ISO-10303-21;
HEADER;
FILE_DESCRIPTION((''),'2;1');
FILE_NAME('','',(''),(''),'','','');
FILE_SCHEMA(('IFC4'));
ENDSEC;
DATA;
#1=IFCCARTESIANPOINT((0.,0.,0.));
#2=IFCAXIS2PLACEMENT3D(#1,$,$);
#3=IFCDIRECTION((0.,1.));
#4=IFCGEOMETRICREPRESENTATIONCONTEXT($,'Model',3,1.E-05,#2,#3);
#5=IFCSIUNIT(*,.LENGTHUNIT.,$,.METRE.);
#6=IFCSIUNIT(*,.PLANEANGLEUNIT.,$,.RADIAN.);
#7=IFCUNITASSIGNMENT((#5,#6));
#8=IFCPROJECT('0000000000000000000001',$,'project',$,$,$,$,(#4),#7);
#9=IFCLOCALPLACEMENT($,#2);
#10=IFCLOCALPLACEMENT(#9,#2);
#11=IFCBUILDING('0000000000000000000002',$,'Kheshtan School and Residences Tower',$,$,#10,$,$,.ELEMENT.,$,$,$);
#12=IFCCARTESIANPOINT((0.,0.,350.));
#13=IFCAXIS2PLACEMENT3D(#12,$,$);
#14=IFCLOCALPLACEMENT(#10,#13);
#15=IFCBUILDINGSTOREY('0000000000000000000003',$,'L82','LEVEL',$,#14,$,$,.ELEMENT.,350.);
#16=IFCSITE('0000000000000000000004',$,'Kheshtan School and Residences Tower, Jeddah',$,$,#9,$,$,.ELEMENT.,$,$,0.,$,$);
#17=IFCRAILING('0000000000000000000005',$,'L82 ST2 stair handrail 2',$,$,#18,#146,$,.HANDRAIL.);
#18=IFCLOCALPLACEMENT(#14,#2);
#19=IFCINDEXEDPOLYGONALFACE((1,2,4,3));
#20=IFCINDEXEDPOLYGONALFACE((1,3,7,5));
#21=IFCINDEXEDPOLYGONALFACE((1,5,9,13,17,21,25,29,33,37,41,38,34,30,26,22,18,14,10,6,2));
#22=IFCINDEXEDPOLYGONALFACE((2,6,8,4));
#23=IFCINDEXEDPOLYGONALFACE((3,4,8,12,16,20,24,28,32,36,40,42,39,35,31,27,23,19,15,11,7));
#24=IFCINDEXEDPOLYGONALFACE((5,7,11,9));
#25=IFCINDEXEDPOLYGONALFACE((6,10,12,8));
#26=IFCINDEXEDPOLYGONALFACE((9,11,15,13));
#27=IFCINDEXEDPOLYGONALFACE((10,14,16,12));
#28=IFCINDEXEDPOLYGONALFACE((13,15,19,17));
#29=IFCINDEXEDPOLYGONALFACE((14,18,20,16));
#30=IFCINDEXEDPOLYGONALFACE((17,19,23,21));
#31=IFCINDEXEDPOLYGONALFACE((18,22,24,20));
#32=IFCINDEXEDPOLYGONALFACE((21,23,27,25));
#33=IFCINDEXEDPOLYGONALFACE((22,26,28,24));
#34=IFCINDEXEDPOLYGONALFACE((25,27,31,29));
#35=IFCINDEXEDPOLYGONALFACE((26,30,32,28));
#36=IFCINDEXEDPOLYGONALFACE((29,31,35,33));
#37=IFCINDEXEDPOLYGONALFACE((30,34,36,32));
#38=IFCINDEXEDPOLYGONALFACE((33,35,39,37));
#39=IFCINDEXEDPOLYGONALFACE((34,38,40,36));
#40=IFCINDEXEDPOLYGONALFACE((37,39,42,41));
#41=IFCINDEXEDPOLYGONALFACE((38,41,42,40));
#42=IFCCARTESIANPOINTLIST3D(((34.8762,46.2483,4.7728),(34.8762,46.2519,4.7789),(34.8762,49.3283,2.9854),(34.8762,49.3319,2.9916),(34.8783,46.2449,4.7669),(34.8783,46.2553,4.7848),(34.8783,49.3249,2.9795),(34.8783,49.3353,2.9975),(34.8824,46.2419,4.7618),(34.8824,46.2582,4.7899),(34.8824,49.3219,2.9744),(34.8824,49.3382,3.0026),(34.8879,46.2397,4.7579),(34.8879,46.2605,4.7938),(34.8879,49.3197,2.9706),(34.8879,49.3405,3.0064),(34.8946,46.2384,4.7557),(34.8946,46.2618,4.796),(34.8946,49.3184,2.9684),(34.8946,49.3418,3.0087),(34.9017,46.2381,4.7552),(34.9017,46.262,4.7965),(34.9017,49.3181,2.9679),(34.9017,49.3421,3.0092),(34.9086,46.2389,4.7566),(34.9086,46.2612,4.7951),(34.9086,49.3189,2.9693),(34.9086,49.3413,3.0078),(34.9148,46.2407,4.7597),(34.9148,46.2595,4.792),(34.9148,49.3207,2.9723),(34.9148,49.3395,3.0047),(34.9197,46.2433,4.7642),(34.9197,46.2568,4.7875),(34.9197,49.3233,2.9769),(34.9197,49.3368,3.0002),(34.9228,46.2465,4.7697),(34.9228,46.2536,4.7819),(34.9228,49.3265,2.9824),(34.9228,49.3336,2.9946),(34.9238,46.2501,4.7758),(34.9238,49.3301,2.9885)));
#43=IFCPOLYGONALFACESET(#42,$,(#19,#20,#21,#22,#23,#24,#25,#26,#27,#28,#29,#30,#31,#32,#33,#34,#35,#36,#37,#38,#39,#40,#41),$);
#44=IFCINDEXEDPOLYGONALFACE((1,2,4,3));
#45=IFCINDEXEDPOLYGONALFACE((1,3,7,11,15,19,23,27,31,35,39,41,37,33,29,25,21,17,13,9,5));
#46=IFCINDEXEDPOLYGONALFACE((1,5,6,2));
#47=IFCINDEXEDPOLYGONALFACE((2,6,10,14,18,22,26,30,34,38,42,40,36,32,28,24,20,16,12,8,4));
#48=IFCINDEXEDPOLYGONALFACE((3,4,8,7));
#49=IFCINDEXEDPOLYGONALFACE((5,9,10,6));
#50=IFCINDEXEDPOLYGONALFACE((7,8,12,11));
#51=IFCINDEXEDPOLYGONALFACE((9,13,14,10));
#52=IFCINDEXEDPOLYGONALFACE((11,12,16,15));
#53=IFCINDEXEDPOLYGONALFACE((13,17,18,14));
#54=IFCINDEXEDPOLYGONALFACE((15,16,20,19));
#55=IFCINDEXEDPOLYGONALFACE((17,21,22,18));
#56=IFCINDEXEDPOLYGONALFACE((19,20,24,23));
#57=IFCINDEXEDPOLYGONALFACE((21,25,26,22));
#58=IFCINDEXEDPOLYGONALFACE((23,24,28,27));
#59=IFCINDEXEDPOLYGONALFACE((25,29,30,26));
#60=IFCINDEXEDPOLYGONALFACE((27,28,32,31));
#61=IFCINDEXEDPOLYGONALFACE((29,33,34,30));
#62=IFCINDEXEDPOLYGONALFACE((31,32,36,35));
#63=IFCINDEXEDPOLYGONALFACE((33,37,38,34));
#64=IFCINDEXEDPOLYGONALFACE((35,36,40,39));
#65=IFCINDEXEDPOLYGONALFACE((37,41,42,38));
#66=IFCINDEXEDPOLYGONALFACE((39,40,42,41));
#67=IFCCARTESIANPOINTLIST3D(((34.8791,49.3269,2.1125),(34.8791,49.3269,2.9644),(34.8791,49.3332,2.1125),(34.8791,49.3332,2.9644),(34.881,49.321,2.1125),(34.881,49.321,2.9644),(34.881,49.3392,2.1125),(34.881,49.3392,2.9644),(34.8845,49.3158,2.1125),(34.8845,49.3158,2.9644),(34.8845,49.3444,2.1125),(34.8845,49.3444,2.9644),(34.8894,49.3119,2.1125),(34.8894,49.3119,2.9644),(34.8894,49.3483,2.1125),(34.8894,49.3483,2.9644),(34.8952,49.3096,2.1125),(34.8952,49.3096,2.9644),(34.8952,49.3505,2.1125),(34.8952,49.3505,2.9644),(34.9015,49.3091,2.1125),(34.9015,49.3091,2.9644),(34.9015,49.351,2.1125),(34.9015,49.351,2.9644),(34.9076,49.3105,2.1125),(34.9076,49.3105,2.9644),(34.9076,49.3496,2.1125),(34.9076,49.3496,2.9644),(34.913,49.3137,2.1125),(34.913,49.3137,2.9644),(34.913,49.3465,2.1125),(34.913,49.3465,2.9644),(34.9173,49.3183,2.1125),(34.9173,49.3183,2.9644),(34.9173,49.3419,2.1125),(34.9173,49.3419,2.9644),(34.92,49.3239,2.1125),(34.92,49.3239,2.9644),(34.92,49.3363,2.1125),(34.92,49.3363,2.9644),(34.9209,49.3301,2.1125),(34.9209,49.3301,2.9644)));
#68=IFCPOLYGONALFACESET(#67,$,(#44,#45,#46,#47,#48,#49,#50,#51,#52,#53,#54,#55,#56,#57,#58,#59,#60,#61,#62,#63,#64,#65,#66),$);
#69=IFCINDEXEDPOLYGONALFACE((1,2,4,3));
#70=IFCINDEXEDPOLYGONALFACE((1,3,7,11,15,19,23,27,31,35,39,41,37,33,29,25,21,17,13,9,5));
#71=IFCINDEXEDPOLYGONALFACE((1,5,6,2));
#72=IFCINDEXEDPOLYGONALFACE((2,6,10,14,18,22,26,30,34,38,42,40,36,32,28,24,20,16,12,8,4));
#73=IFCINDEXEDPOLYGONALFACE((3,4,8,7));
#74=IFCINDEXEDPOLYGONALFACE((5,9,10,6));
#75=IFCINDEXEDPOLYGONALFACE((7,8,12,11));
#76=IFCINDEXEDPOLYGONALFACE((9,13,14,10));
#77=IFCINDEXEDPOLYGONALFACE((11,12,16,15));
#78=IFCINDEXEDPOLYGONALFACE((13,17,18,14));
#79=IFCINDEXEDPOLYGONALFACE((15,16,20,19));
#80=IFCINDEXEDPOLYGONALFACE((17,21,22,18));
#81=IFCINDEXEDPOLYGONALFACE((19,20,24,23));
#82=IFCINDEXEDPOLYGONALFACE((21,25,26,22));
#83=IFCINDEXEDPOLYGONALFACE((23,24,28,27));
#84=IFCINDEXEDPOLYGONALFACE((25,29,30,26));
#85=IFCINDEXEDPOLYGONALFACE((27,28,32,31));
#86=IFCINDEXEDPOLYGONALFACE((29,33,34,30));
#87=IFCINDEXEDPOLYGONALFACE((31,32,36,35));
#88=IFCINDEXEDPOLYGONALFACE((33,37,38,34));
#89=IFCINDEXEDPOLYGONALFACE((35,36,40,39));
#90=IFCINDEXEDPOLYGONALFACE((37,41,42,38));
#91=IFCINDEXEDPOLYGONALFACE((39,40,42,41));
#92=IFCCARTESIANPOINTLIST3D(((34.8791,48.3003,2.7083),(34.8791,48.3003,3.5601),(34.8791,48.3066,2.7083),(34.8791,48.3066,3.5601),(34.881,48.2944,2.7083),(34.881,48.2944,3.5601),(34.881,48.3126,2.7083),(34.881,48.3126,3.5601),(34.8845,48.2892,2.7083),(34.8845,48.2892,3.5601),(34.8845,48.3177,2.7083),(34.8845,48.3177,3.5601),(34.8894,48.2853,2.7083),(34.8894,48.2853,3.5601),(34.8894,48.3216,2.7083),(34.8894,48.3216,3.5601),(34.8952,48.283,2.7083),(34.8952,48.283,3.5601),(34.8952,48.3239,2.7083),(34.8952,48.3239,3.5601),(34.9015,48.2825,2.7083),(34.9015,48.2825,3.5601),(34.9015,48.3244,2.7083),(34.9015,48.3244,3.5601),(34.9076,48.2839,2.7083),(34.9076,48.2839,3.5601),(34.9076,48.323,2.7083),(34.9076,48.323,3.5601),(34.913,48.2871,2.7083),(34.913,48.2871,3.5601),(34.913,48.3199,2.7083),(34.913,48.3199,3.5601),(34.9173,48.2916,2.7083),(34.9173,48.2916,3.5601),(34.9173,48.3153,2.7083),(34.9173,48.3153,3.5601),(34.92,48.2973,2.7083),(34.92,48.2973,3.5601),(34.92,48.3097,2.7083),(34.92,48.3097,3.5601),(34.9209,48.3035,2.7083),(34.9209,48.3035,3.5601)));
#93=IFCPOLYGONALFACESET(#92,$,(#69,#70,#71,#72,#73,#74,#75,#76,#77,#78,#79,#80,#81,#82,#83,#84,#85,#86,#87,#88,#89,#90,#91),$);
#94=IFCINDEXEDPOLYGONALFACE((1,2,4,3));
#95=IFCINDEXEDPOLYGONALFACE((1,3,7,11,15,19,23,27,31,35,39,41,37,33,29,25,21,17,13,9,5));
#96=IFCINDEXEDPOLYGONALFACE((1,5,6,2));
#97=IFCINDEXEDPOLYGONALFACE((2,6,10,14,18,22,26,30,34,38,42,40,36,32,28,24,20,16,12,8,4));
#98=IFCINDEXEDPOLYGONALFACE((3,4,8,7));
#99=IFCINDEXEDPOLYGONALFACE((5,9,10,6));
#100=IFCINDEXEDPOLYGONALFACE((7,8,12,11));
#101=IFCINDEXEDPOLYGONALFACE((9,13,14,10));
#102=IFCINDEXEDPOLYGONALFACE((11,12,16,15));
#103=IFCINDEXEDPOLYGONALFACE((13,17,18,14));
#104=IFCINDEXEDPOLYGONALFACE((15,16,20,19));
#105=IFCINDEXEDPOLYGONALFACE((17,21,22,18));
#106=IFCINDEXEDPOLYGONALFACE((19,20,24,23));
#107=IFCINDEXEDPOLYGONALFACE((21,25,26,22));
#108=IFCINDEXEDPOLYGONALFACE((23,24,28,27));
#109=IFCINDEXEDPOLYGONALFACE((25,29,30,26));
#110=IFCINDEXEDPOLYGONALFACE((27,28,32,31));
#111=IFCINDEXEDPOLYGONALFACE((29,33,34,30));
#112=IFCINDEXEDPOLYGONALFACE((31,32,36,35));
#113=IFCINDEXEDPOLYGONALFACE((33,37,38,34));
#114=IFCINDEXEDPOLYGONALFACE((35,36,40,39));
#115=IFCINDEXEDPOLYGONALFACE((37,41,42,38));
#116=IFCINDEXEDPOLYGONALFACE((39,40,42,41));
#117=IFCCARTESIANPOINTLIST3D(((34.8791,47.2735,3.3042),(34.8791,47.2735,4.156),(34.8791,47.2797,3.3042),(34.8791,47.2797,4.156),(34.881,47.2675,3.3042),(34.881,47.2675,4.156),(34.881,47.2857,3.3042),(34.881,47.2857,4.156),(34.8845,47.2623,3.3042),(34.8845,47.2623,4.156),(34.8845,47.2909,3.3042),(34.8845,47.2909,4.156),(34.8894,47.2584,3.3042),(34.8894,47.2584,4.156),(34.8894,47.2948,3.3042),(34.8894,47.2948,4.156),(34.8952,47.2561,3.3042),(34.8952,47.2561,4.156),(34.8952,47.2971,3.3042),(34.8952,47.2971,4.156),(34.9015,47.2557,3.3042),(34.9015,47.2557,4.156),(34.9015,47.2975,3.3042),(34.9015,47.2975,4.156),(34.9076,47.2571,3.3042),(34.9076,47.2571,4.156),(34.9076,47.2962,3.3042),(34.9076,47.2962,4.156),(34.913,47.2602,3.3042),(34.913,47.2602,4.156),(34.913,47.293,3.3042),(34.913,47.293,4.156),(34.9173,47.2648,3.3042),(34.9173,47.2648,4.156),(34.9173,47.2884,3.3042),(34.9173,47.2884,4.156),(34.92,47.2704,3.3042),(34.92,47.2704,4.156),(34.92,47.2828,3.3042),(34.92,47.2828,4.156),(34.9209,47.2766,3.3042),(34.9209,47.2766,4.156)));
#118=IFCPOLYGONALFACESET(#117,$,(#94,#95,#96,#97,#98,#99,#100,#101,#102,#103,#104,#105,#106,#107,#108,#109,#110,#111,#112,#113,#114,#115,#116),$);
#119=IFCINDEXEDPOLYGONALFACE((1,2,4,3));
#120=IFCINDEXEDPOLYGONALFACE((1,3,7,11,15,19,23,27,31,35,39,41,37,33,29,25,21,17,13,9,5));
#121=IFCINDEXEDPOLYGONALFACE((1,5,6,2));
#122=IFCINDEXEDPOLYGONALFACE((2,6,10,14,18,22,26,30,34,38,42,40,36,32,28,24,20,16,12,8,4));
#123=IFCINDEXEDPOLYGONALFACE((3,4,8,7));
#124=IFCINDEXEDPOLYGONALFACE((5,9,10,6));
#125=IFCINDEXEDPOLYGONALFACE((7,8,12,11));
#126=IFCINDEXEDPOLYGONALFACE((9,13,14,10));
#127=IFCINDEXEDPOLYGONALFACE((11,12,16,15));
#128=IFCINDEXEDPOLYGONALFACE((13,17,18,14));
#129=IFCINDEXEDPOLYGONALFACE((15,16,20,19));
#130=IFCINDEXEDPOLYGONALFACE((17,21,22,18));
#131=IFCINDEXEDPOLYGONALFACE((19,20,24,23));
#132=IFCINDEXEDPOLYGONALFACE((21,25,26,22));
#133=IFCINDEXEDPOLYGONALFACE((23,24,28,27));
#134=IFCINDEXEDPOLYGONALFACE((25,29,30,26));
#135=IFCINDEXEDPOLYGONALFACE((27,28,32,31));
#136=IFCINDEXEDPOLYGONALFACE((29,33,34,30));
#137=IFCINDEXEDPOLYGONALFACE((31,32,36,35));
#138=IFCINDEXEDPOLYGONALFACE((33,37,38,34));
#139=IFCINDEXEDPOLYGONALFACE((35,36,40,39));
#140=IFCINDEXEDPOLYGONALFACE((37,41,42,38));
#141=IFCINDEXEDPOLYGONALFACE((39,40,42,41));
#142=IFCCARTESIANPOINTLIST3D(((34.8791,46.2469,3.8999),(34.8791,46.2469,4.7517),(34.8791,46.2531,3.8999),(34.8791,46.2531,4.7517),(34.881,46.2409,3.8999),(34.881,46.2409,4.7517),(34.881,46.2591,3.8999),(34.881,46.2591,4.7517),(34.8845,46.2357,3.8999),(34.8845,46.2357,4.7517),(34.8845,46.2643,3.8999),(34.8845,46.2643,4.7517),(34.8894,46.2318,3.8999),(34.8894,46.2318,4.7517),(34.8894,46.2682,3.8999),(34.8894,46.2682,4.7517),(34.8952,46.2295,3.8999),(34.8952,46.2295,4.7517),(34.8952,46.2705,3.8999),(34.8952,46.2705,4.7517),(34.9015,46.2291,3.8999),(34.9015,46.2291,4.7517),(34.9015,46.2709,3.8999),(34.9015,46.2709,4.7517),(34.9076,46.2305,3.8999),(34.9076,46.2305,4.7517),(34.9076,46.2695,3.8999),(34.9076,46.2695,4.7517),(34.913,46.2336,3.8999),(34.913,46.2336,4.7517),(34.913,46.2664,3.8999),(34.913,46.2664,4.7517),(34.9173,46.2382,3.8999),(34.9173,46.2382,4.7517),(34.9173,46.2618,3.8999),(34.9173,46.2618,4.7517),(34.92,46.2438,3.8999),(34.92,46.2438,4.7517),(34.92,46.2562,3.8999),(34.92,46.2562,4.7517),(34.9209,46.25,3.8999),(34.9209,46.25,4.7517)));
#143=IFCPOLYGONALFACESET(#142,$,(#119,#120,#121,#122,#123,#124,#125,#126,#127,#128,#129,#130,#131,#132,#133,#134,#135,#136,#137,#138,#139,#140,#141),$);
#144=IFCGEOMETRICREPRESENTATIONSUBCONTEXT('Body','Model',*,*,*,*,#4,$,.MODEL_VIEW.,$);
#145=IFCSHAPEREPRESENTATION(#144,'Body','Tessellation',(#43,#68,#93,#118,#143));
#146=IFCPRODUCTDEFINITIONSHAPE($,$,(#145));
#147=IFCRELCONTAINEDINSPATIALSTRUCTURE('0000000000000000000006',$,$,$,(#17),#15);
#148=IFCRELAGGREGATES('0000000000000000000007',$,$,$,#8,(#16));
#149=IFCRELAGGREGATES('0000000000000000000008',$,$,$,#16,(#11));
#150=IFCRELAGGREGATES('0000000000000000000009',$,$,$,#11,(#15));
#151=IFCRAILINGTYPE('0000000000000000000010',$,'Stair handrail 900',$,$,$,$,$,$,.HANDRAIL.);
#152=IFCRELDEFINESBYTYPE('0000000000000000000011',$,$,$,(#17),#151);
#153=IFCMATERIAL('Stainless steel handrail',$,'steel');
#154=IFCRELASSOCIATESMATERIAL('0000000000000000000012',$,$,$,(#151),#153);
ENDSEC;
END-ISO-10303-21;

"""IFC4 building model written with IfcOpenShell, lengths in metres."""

from ifc_helpers import new_model, si_unit, direction, frame, origin, origin_2d, place, context, subcontext, project, spatial, circle, extrude, material, type_object, element, save


model = new_model("IFC4")

# Units and contexts
model_context = context("Model", 3, precision=1e-05, world=origin(), true_north=direction((0.0, 1.0)))
body_context = subcontext(model_context, "Body", "Model", "MODEL_VIEW")
ifc_project = project(units=[si_unit("LENGTHUNIT", "METRE"), si_unit("PLANEANGLEUNIT", "RADIAN")], contexts=[model_context])

# Site, building, storey
site_placement = place(None, origin())
site = spatial("IfcSite", under=ifc_project, at=site_placement, Name="Kheshtan School and Residences Tower, Jeddah", CompositionType="ELEMENT", RefElevation=0.0)
building_placement = place(site_placement, origin())
building = spatial("IfcBuilding", under=site, at=building_placement, Name="Kheshtan School and Residences Tower", CompositionType="ELEMENT")
storey_placement = place(building_placement, frame((0.0, 0.0, 350.0)))
storey = spatial("IfcBuildingStorey", under=building, at=storey_placement, Name="L82", Description="LEVEL", CompositionType="ELEMENT", Elevation=350.0)

# Railing
ifc_material_1 = material(Name="Stainless steel handrail", Category="steel")
railing_type_1 = type_object("IfcRailingType", Name="Stair handrail 900", PredefinedType="HANDRAIL", material=ifc_material_1)
railing_1_placement = place(storey_placement, frame((34.8999, 49.3301, 2.1125)))
element("IfcRailing", 1, at=railing_1_placement, inside=storey, type_object=railing_type_1, Name="L82 ST2 stair handrail 2", PredefinedType="HANDRAIL", context=body_context, shape_type="SweptSolid", body=[
    extrude(circle(Radius=0.0239, at=origin_2d()), frame((0.0, 0.0, 0.876), z_axis=(0.0, -0.86492, 0.501909), x_axis=(1.0, 0.0, 0.0)), (0.0, 0.0, 1.0), 3.561),
    extrude(circle(Radius=0.021, at=origin_2d()), origin(), (0.0, 0.0, 1.0), 0.8518),
    extrude(circle(Radius=0.021, at=origin_2d()), frame((0.0, -1.0266, 0.5957)), (0.0, 0.0, 1.0), 0.8518),
    extrude(circle(Radius=0.021, at=origin_2d()), frame((0.0, -2.0535, 1.1917)), (0.0, 0.0, 1.0), 0.8518),
    extrude(circle(Radius=0.021, at=origin_2d()), frame((0.0, -3.0801, 1.7874)), (0.0, 0.0, 1.0), 0.8518),
])

save(model, "model.ifc")
